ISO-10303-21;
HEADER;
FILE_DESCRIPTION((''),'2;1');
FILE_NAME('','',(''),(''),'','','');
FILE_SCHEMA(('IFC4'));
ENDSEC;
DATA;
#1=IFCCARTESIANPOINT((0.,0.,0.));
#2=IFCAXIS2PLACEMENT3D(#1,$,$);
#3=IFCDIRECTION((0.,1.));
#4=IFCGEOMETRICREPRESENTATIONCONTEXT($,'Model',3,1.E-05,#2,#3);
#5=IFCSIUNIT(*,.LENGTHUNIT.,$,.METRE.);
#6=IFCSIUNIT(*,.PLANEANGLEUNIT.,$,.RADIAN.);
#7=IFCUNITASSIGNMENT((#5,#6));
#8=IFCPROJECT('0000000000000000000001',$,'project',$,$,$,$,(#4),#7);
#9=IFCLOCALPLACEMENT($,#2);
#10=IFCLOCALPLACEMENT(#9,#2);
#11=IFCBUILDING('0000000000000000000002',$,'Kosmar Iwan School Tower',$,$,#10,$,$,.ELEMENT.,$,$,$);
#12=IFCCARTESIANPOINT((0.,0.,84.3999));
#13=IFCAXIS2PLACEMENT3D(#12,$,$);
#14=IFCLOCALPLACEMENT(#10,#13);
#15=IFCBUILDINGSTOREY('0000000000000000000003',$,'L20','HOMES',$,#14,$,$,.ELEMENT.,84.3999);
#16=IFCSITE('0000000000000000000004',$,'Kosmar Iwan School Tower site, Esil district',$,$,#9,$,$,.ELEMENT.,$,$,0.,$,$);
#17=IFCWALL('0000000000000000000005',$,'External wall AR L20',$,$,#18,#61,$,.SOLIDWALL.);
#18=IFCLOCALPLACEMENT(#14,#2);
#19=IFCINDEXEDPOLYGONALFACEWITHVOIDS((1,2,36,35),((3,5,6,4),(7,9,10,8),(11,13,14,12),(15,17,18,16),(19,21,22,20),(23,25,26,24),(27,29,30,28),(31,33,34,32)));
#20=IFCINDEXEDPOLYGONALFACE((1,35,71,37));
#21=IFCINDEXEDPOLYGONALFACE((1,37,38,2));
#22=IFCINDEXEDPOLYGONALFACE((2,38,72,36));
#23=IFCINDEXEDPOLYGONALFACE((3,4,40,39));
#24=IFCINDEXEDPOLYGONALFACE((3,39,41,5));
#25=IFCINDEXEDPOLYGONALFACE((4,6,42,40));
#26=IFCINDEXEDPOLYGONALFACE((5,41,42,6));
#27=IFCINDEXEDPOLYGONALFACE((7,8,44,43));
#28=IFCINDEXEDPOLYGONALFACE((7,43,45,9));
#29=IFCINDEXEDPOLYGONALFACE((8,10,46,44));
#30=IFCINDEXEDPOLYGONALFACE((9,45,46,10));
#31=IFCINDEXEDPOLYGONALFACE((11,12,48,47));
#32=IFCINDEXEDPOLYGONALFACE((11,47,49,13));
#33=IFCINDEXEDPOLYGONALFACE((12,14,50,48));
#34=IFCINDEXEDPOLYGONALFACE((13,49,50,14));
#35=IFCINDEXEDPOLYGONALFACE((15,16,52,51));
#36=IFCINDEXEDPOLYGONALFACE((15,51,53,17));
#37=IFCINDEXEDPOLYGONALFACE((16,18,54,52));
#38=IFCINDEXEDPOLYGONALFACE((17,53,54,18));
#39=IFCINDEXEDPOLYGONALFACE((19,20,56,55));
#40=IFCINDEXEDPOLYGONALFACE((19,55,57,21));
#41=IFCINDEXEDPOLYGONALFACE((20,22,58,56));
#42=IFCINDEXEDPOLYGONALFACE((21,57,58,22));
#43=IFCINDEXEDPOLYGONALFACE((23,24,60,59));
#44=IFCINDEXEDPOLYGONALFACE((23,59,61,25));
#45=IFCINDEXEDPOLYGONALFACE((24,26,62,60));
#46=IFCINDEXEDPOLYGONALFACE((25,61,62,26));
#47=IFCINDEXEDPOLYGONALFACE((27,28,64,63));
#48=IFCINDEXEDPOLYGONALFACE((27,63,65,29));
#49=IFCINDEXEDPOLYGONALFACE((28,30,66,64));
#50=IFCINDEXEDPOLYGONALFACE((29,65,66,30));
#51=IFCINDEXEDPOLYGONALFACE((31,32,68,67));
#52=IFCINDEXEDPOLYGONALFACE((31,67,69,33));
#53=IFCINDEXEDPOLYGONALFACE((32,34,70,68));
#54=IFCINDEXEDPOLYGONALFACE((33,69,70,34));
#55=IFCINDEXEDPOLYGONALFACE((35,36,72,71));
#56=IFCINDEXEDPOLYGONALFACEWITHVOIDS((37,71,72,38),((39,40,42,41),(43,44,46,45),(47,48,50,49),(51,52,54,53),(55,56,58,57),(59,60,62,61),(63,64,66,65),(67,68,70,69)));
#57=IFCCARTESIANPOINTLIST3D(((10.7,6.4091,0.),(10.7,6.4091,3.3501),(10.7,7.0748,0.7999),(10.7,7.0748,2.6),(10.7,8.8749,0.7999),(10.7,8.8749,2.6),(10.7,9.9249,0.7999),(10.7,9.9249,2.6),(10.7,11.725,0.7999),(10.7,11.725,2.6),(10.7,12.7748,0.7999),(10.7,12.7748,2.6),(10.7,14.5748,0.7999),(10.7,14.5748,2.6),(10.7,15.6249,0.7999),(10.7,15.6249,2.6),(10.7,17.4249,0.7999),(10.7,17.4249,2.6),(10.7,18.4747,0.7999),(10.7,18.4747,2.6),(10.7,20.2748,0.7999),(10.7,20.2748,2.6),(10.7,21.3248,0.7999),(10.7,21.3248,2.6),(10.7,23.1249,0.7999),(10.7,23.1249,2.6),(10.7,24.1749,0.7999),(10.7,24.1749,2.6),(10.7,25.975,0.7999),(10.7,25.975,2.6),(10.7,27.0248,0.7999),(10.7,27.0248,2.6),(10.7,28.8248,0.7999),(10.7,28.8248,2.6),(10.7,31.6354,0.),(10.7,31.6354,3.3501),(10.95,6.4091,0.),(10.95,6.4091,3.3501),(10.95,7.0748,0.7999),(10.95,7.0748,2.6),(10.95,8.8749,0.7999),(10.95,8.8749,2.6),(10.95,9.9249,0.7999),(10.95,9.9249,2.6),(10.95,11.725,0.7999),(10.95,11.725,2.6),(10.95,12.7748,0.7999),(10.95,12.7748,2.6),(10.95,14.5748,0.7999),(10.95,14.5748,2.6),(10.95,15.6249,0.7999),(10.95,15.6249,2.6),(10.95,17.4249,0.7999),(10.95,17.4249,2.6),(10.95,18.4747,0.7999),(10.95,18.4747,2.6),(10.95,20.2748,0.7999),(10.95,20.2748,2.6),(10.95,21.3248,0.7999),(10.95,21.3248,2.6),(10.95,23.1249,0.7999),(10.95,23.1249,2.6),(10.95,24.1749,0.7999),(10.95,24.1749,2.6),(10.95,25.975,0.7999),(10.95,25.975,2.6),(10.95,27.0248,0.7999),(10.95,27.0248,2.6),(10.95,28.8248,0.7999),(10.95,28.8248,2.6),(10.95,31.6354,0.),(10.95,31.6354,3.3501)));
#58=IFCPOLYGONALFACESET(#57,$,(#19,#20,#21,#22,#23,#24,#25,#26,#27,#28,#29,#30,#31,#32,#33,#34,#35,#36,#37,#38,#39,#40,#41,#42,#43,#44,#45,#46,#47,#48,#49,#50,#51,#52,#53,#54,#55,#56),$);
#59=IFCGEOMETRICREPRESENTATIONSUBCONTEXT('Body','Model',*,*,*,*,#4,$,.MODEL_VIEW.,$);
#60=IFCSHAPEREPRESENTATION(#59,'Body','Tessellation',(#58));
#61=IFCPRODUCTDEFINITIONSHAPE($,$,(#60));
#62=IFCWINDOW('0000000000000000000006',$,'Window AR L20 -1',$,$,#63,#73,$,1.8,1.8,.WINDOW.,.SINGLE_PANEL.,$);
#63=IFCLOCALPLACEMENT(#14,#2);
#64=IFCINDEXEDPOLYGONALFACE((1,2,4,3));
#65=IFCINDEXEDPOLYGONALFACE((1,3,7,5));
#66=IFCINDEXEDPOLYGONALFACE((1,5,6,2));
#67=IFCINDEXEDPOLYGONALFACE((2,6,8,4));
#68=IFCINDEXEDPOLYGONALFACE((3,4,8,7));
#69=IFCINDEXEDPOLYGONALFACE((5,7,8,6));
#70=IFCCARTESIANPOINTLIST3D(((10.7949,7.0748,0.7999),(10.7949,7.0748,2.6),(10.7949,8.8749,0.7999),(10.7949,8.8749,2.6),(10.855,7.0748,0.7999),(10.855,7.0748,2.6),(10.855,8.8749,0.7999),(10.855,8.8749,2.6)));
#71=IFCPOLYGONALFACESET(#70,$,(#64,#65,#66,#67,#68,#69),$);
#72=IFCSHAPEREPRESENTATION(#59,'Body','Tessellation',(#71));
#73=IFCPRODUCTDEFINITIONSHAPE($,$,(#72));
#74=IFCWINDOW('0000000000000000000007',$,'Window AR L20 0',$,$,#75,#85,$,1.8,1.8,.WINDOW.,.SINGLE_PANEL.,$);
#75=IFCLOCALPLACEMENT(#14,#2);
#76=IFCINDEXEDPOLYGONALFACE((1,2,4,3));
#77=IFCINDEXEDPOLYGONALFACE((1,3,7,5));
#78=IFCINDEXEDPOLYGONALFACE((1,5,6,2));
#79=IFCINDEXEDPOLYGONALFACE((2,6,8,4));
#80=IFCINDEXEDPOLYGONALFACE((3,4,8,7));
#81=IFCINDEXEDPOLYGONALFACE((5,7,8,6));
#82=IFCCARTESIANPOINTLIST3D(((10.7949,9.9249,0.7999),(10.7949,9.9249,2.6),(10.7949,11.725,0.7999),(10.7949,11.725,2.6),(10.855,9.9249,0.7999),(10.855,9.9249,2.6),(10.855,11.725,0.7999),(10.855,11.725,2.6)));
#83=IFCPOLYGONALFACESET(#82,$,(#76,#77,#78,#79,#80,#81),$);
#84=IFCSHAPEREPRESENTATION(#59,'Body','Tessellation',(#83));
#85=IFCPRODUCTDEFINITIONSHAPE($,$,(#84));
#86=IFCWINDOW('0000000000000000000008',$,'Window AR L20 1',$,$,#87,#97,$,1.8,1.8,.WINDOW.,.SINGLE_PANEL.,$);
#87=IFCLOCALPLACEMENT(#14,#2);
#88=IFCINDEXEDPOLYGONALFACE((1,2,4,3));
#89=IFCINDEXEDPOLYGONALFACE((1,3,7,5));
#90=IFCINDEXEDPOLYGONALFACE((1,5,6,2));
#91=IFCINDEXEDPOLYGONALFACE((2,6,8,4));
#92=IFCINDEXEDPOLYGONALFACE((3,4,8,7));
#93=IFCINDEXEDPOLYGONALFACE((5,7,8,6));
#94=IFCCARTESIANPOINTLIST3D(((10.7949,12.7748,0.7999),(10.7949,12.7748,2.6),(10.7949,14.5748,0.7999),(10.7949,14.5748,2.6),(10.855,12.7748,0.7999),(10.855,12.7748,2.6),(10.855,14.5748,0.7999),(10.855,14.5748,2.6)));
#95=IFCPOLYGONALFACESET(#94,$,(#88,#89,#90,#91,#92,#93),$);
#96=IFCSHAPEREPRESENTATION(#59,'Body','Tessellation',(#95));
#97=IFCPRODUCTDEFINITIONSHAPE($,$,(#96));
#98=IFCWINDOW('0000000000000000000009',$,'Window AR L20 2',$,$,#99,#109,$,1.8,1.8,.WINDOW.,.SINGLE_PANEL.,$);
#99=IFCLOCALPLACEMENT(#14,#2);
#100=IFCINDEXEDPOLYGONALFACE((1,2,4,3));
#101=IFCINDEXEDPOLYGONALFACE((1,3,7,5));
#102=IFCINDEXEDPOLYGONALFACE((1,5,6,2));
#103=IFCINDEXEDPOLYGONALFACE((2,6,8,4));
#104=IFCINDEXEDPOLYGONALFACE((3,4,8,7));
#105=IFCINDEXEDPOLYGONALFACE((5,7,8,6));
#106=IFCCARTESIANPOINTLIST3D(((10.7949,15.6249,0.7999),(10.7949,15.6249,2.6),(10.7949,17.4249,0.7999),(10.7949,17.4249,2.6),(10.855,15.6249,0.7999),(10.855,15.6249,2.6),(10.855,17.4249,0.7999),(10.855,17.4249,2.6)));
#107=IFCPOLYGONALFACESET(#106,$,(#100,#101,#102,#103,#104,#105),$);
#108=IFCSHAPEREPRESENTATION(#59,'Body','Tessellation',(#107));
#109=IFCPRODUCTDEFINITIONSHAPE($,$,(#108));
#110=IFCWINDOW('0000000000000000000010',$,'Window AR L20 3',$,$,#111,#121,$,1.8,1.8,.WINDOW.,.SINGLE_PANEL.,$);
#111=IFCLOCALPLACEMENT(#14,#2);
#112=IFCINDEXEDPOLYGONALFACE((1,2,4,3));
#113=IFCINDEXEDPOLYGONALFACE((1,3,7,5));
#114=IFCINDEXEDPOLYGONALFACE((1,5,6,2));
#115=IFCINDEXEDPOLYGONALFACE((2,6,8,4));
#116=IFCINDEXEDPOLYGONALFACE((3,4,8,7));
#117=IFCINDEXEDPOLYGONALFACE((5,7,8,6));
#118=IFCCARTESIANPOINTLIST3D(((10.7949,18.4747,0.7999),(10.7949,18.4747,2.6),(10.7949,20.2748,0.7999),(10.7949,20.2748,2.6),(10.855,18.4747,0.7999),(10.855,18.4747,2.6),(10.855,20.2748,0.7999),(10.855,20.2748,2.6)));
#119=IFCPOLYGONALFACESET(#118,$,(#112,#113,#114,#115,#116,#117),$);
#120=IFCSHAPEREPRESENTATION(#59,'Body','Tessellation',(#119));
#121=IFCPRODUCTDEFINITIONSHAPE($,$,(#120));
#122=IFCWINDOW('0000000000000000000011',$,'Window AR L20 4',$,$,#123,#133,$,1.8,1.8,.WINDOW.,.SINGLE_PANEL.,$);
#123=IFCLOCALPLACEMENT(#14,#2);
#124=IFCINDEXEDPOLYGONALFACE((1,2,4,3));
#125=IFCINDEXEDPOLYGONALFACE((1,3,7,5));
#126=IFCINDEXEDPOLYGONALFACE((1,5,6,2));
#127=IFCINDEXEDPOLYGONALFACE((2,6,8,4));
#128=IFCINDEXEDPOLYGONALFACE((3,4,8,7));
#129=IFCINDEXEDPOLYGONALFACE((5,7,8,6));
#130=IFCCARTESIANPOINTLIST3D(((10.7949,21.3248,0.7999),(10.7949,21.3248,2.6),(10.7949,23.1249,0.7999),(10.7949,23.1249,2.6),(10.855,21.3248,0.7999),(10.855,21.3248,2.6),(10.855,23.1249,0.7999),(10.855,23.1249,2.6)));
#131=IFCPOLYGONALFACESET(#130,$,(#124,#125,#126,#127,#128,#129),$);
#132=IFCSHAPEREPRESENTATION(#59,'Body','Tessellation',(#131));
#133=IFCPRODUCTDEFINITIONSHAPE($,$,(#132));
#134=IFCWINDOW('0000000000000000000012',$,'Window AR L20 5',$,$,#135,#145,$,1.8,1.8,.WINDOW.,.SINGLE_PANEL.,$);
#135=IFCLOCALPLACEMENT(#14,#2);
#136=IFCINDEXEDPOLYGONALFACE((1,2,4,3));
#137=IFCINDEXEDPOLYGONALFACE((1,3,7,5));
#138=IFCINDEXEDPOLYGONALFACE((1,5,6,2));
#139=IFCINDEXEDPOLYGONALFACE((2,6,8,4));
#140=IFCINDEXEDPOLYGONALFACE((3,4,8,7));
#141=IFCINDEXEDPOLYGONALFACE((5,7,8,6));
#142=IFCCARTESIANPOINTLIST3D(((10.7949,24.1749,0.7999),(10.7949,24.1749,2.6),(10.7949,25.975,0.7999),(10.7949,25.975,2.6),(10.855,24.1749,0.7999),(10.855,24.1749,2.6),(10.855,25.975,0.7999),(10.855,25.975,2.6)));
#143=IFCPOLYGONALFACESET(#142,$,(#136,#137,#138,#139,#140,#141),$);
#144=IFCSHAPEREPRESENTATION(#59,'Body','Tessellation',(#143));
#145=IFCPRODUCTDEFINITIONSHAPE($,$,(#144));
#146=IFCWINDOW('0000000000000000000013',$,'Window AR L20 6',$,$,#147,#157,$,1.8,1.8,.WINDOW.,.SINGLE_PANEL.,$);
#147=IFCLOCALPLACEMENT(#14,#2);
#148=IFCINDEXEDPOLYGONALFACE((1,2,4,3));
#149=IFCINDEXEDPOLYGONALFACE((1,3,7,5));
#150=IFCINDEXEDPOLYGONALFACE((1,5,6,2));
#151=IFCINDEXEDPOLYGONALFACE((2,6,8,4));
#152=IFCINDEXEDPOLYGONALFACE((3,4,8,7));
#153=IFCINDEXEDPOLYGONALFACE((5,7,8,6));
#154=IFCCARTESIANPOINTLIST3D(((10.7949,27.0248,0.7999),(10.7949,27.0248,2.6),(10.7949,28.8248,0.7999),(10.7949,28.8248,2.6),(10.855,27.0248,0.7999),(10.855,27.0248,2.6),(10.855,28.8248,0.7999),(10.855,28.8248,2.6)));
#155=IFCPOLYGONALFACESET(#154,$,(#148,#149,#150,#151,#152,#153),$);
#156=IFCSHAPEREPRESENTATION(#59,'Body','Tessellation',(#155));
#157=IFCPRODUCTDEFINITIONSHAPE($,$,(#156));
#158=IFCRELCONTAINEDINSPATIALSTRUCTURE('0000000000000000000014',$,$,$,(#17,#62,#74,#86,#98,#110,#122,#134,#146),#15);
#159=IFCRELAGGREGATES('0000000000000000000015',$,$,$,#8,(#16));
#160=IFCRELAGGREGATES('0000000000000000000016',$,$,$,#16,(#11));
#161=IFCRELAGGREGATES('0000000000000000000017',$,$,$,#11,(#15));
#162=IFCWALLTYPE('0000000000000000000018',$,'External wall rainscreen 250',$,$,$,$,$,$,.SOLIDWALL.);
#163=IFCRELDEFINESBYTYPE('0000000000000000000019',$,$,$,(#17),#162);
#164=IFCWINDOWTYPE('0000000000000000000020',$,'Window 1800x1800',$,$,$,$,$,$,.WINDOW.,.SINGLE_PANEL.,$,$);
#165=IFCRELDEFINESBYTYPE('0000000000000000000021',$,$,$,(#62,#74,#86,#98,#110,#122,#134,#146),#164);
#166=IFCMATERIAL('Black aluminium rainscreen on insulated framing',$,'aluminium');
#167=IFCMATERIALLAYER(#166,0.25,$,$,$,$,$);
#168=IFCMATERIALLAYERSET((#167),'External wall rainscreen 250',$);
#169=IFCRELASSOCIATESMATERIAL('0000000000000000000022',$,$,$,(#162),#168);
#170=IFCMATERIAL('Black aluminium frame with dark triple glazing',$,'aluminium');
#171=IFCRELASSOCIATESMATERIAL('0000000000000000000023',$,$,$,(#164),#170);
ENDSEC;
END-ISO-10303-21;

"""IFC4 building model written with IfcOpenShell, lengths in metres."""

from ifc_helpers import new_model, si_unit, direction, frame, frame_2d, origin, place, context, subcontext, project, spatial, rectangle, extrude, material, layer, layer_set, type_object, element, fill, save


model = new_model("IFC4")

# Units and contexts
model_context = context("Model", 3, precision=1e-05, world=origin(), true_north=direction((0.0, 1.0)))
body_context = subcontext(model_context, "Body", "Model", "MODEL_VIEW")
ifc_project = project(units=[si_unit("LENGTHUNIT", "METRE"), si_unit("PLANEANGLEUNIT", "RADIAN")], contexts=[model_context])

# Site, building, storey
site_placement = place(None, origin())
site = spatial("IfcSite", under=ifc_project, at=site_placement, Name="Kosmar Iwan School Tower site, Esil district", CompositionType="ELEMENT", RefElevation=0.0)
building_placement = place(site_placement, origin())
building = spatial("IfcBuilding", under=site, at=building_placement, Name="Kosmar Iwan School Tower", CompositionType="ELEMENT")
storey_placement = place(building_placement, frame((0.0, 0.0, 84.3999)))
storey = spatial("IfcBuildingStorey", under=building, at=storey_placement, Name="L20", Description="HOMES", CompositionType="ELEMENT", Elevation=84.3999)

# Wall, openings, windows
ifc_material_1 = material(Name="Black aluminium rainscreen on insulated framing", Category="aluminium")
ifc_layer = layer(ifc_material_1, 0.25)
ifc_layer_set = layer_set([ifc_layer], Name="External wall rainscreen 250")
wall_type = type_object("IfcWallType", Name="External wall rainscreen 250", PredefinedType="SOLIDWALL", material=ifc_layer_set)
ifc_material_2 = material(Name="Black aluminium frame with dark triple glazing", Category="aluminium")
window_type = type_object("IfcWindowType", Name="Window 1800x1800", PartitioningType="SINGLE_PANEL", PredefinedType="WINDOW", material=ifc_material_2)
wall_1_placement = place(storey_placement, frame((10.825, 6.4089, 0.0), z_axis=(0.0, 0.0, 1.0), x_axis=(0.0, 1.0, 0.0)))
wall_1 = element("IfcWall", 1, at=wall_1_placement, inside=storey, type_object=wall_type, Name="External wall AR L20", PredefinedType="SOLIDWALL", context=body_context, shape_type="SweptSolid", body=[
    extrude(rectangle(XDim=25.2263, YDim=0.25, at=frame_2d((12.6133, 0.0))), origin(), (0.0, 0.0, 1.0), 3.3501),
])
opening_1_placement = place(wall_1_placement, frame((0.666, 0.0, 0.8)))
opening_1 = element("IfcOpeningElement", 2, at=opening_1_placement, cuts=wall_1, PredefinedType="OPENING", context=body_context, shape_type="SweptSolid", body=[
    extrude(rectangle(XDim=1.8, YDim=1.8, at=frame_2d((0.8999, 0.8999))), frame((0.0, 0.137, 0.0), z_axis=(0.0, -1.0, 0.0), x_axis=(1.0, 0.0, 0.0)), (0.0, 0.0, 1.0), 0.2739),
])
opening_2_placement = place(wall_1_placement, frame((3.5161, 0.0, 0.8)))
opening_2 = element("IfcOpeningElement", 3, at=opening_2_placement, cuts=wall_1, PredefinedType="OPENING", context=body_context, shape_type="SweptSolid", body=[
    extrude(rectangle(XDim=1.8, YDim=1.8, at=frame_2d((0.8999, 0.8999))), frame((0.0, 0.137, 0.0), z_axis=(0.0, -1.0, 0.0), x_axis=(1.0, 0.0, 0.0)), (0.0, 0.0, 1.0), 0.2739),
])
opening_3_placement = place(wall_1_placement, frame((6.366, 0.0, 0.8)))
opening_3 = element("IfcOpeningElement", 4, at=opening_3_placement, cuts=wall_1, PredefinedType="OPENING", context=body_context, shape_type="SweptSolid", body=[
    extrude(rectangle(XDim=1.8, YDim=1.8, at=frame_2d((0.8999, 0.8999))), frame((0.0, 0.137, 0.0), z_axis=(0.0, -1.0, 0.0), x_axis=(1.0, 0.0, 0.0)), (0.0, 0.0, 1.0), 0.2739),
])
opening_4_placement = place(wall_1_placement, frame((9.2161, 0.0, 0.8)))
opening_4 = element("IfcOpeningElement", 5, at=opening_4_placement, cuts=wall_1, PredefinedType="OPENING", context=body_context, shape_type="SweptSolid", body=[
    extrude(rectangle(XDim=1.8, YDim=1.8, at=frame_2d((0.8999, 0.8999))), frame((0.0, 0.137, 0.0), z_axis=(0.0, -1.0, 0.0), x_axis=(1.0, 0.0, 0.0)), (0.0, 0.0, 1.0), 0.2739),
])
opening_5_placement = place(wall_1_placement, frame((12.0659, 0.0, 0.8)))
opening_5 = element("IfcOpeningElement", 6, at=opening_5_placement, cuts=wall_1, PredefinedType="OPENING", context=body_context, shape_type="SweptSolid", body=[
    extrude(rectangle(XDim=1.8, YDim=1.8, at=frame_2d((0.8999, 0.8999))), frame((0.0, 0.137, 0.0), z_axis=(0.0, -1.0, 0.0), x_axis=(1.0, 0.0, 0.0)), (0.0, 0.0, 1.0), 0.2739),
])
opening_6_placement = place(wall_1_placement, frame((14.916, 0.0, 0.8)))
opening_6 = element("IfcOpeningElement", 7, at=opening_6_placement, cuts=wall_1, PredefinedType="OPENING", context=body_context, shape_type="SweptSolid", body=[
    extrude(rectangle(XDim=1.8, YDim=1.8, at=frame_2d((0.8999, 0.8999))), frame((0.0, 0.137, 0.0), z_axis=(0.0, -1.0, 0.0), x_axis=(1.0, 0.0, 0.0)), (0.0, 0.0, 1.0), 0.2739),
])
opening_7_placement = place(wall_1_placement, frame((17.7661, 0.0, 0.8)))
opening_7 = element("IfcOpeningElement", 8, at=opening_7_placement, cuts=wall_1, PredefinedType="OPENING", context=body_context, shape_type="SweptSolid", body=[
    extrude(rectangle(XDim=1.8, YDim=1.8, at=frame_2d((0.8999, 0.8999))), frame((0.0, 0.137, 0.0), z_axis=(0.0, -1.0, 0.0), x_axis=(1.0, 0.0, 0.0)), (0.0, 0.0, 1.0), 0.2739),
])
opening_8_placement = place(wall_1_placement, frame((20.616, 0.0, 0.8)))
opening_8 = element("IfcOpeningElement", 9, at=opening_8_placement, cuts=wall_1, PredefinedType="OPENING", context=body_context, shape_type="SweptSolid", body=[
    extrude(rectangle(XDim=1.8, YDim=1.8, at=frame_2d((0.8999, 0.8999))), frame((0.0, 0.137, 0.0), z_axis=(0.0, -1.0, 0.0), x_axis=(1.0, 0.0, 0.0)), (0.0, 0.0, 1.0), 0.2739),
])
window_1_placement = place(opening_1_placement, origin())
window_1 = element("IfcWindow", 10, at=window_1_placement, inside=storey, type_object=window_type, Name="Window AR L20 -1", OverallHeight=1.8, OverallWidth=1.8, PartitioningType="SINGLE_PANEL", PredefinedType="WINDOW", context=body_context, shape_type="SweptSolid", body=[
    extrude(rectangle(XDim=1.8, YDim=1.8, at=frame_2d((0.8999, 0.8999))), frame((0.0, 0.03, 0.0), z_axis=(0.0, -1.0, 0.0), x_axis=(1.0, 0.0, 0.0)), (0.0, 0.0, 1.0), 0.0601),
])
fill(opening_1, window_1)
window_2_placement = place(opening_2_placement, origin())
window_2 = element("IfcWindow", 11, at=window_2_placement, inside=storey, type_object=window_type, Name="Window AR L20 0", OverallHeight=1.8, OverallWidth=1.8, PartitioningType="SINGLE_PANEL", PredefinedType="WINDOW", context=body_context, shape_type="SweptSolid", body=[
    extrude(rectangle(XDim=1.8, YDim=1.8, at=frame_2d((0.8999, 0.8999))), frame((0.0, 0.03, 0.0), z_axis=(0.0, -1.0, 0.0), x_axis=(1.0, 0.0, 0.0)), (0.0, 0.0, 1.0), 0.0601),
])
fill(opening_2, window_2)
window_3_placement = place(opening_3_placement, origin())
window_3 = element("IfcWindow", 12, at=window_3_placement, inside=storey, type_object=window_type, Name="Window AR L20 1", OverallHeight=1.8, OverallWidth=1.8, PartitioningType="SINGLE_PANEL", PredefinedType="WINDOW", context=body_context, shape_type="SweptSolid", body=[
    extrude(rectangle(XDim=1.8, YDim=1.8, at=frame_2d((0.8999, 0.8999))), frame((0.0, 0.03, 0.0), z_axis=(0.0, -1.0, 0.0), x_axis=(1.0, 0.0, 0.0)), (0.0, 0.0, 1.0), 0.0601),
])
fill(opening_3, window_3)
window_4_placement = place(opening_4_placement, origin())
window_4 = element("IfcWindow", 13, at=window_4_placement, inside=storey, type_object=window_type, Name="Window AR L20 2", OverallHeight=1.8, OverallWidth=1.8, PartitioningType="SINGLE_PANEL", PredefinedType="WINDOW", context=body_context, shape_type="SweptSolid", body=[
    extrude(rectangle(XDim=1.8, YDim=1.8, at=frame_2d((0.8999, 0.8999))), frame((0.0, 0.03, 0.0), z_axis=(0.0, -1.0, 0.0), x_axis=(1.0, 0.0, 0.0)), (0.0, 0.0, 1.0), 0.0601),
])
fill(opening_4, window_4)
window_5_placement = place(opening_5_placement, origin())
window_5 = element("IfcWindow", 14, at=window_5_placement, inside=storey, type_object=window_type, Name="Window AR L20 3", OverallHeight=1.8, OverallWidth=1.8, PartitioningType="SINGLE_PANEL", PredefinedType="WINDOW", context=body_context, shape_type="SweptSolid", body=[
    extrude(rectangle(XDim=1.8, YDim=1.8, at=frame_2d((0.8999, 0.8999))), frame((0.0, 0.03, 0.0), z_axis=(0.0, -1.0, 0.0), x_axis=(1.0, 0.0, 0.0)), (0.0, 0.0, 1.0), 0.0601),
])
fill(opening_5, window_5)
window_6_placement = place(opening_6_placement, origin())
window_6 = element("IfcWindow", 15, at=window_6_placement, inside=storey, type_object=window_type, Name="Window AR L20 4", OverallHeight=1.8, OverallWidth=1.8, PartitioningType="SINGLE_PANEL", PredefinedType="WINDOW", context=body_context, shape_type="SweptSolid", body=[
    extrude(rectangle(XDim=1.8, YDim=1.8, at=frame_2d((0.8999, 0.8999))), frame((0.0, 0.03, 0.0), z_axis=(0.0, -1.0, 0.0), x_axis=(1.0, 0.0, 0.0)), (0.0, 0.0, 1.0), 0.0601),
])
fill(opening_6, window_6)
window_7_placement = place(opening_7_placement, origin())
window_7 = element("IfcWindow", 16, at=window_7_placement, inside=storey, type_object=window_type, Name="Window AR L20 5", OverallHeight=1.8, OverallWidth=1.8, PartitioningType="SINGLE_PANEL", PredefinedType="WINDOW", context=body_context, shape_type="SweptSolid", body=[
    extrude(rectangle(XDim=1.8, YDim=1.8, at=frame_2d((0.8999, 0.8999))), frame((0.0, 0.03, 0.0), z_axis=(0.0, -1.0, 0.0), x_axis=(1.0, 0.0, 0.0)), (0.0, 0.0, 1.0), 0.0601),
])
fill(opening_7, window_7)
window_8_placement = place(opening_8_placement, origin())
window_8 = element("IfcWindow", 17, at=window_8_placement, inside=storey, type_object=window_type, Name="Window AR L20 6", OverallHeight=1.8, OverallWidth=1.8, PartitioningType="SINGLE_PANEL", PredefinedType="WINDOW", context=body_context, shape_type="SweptSolid", body=[
    extrude(rectangle(XDim=1.8, YDim=1.8, at=frame_2d((0.8999, 0.8999))), frame((0.0, 0.03, 0.0), z_axis=(0.0, -1.0, 0.0), x_axis=(1.0, 0.0, 0.0)), (0.0, 0.0, 1.0), 0.0601),
])
fill(opening_8, window_8)

save(model, "model.ifc")
